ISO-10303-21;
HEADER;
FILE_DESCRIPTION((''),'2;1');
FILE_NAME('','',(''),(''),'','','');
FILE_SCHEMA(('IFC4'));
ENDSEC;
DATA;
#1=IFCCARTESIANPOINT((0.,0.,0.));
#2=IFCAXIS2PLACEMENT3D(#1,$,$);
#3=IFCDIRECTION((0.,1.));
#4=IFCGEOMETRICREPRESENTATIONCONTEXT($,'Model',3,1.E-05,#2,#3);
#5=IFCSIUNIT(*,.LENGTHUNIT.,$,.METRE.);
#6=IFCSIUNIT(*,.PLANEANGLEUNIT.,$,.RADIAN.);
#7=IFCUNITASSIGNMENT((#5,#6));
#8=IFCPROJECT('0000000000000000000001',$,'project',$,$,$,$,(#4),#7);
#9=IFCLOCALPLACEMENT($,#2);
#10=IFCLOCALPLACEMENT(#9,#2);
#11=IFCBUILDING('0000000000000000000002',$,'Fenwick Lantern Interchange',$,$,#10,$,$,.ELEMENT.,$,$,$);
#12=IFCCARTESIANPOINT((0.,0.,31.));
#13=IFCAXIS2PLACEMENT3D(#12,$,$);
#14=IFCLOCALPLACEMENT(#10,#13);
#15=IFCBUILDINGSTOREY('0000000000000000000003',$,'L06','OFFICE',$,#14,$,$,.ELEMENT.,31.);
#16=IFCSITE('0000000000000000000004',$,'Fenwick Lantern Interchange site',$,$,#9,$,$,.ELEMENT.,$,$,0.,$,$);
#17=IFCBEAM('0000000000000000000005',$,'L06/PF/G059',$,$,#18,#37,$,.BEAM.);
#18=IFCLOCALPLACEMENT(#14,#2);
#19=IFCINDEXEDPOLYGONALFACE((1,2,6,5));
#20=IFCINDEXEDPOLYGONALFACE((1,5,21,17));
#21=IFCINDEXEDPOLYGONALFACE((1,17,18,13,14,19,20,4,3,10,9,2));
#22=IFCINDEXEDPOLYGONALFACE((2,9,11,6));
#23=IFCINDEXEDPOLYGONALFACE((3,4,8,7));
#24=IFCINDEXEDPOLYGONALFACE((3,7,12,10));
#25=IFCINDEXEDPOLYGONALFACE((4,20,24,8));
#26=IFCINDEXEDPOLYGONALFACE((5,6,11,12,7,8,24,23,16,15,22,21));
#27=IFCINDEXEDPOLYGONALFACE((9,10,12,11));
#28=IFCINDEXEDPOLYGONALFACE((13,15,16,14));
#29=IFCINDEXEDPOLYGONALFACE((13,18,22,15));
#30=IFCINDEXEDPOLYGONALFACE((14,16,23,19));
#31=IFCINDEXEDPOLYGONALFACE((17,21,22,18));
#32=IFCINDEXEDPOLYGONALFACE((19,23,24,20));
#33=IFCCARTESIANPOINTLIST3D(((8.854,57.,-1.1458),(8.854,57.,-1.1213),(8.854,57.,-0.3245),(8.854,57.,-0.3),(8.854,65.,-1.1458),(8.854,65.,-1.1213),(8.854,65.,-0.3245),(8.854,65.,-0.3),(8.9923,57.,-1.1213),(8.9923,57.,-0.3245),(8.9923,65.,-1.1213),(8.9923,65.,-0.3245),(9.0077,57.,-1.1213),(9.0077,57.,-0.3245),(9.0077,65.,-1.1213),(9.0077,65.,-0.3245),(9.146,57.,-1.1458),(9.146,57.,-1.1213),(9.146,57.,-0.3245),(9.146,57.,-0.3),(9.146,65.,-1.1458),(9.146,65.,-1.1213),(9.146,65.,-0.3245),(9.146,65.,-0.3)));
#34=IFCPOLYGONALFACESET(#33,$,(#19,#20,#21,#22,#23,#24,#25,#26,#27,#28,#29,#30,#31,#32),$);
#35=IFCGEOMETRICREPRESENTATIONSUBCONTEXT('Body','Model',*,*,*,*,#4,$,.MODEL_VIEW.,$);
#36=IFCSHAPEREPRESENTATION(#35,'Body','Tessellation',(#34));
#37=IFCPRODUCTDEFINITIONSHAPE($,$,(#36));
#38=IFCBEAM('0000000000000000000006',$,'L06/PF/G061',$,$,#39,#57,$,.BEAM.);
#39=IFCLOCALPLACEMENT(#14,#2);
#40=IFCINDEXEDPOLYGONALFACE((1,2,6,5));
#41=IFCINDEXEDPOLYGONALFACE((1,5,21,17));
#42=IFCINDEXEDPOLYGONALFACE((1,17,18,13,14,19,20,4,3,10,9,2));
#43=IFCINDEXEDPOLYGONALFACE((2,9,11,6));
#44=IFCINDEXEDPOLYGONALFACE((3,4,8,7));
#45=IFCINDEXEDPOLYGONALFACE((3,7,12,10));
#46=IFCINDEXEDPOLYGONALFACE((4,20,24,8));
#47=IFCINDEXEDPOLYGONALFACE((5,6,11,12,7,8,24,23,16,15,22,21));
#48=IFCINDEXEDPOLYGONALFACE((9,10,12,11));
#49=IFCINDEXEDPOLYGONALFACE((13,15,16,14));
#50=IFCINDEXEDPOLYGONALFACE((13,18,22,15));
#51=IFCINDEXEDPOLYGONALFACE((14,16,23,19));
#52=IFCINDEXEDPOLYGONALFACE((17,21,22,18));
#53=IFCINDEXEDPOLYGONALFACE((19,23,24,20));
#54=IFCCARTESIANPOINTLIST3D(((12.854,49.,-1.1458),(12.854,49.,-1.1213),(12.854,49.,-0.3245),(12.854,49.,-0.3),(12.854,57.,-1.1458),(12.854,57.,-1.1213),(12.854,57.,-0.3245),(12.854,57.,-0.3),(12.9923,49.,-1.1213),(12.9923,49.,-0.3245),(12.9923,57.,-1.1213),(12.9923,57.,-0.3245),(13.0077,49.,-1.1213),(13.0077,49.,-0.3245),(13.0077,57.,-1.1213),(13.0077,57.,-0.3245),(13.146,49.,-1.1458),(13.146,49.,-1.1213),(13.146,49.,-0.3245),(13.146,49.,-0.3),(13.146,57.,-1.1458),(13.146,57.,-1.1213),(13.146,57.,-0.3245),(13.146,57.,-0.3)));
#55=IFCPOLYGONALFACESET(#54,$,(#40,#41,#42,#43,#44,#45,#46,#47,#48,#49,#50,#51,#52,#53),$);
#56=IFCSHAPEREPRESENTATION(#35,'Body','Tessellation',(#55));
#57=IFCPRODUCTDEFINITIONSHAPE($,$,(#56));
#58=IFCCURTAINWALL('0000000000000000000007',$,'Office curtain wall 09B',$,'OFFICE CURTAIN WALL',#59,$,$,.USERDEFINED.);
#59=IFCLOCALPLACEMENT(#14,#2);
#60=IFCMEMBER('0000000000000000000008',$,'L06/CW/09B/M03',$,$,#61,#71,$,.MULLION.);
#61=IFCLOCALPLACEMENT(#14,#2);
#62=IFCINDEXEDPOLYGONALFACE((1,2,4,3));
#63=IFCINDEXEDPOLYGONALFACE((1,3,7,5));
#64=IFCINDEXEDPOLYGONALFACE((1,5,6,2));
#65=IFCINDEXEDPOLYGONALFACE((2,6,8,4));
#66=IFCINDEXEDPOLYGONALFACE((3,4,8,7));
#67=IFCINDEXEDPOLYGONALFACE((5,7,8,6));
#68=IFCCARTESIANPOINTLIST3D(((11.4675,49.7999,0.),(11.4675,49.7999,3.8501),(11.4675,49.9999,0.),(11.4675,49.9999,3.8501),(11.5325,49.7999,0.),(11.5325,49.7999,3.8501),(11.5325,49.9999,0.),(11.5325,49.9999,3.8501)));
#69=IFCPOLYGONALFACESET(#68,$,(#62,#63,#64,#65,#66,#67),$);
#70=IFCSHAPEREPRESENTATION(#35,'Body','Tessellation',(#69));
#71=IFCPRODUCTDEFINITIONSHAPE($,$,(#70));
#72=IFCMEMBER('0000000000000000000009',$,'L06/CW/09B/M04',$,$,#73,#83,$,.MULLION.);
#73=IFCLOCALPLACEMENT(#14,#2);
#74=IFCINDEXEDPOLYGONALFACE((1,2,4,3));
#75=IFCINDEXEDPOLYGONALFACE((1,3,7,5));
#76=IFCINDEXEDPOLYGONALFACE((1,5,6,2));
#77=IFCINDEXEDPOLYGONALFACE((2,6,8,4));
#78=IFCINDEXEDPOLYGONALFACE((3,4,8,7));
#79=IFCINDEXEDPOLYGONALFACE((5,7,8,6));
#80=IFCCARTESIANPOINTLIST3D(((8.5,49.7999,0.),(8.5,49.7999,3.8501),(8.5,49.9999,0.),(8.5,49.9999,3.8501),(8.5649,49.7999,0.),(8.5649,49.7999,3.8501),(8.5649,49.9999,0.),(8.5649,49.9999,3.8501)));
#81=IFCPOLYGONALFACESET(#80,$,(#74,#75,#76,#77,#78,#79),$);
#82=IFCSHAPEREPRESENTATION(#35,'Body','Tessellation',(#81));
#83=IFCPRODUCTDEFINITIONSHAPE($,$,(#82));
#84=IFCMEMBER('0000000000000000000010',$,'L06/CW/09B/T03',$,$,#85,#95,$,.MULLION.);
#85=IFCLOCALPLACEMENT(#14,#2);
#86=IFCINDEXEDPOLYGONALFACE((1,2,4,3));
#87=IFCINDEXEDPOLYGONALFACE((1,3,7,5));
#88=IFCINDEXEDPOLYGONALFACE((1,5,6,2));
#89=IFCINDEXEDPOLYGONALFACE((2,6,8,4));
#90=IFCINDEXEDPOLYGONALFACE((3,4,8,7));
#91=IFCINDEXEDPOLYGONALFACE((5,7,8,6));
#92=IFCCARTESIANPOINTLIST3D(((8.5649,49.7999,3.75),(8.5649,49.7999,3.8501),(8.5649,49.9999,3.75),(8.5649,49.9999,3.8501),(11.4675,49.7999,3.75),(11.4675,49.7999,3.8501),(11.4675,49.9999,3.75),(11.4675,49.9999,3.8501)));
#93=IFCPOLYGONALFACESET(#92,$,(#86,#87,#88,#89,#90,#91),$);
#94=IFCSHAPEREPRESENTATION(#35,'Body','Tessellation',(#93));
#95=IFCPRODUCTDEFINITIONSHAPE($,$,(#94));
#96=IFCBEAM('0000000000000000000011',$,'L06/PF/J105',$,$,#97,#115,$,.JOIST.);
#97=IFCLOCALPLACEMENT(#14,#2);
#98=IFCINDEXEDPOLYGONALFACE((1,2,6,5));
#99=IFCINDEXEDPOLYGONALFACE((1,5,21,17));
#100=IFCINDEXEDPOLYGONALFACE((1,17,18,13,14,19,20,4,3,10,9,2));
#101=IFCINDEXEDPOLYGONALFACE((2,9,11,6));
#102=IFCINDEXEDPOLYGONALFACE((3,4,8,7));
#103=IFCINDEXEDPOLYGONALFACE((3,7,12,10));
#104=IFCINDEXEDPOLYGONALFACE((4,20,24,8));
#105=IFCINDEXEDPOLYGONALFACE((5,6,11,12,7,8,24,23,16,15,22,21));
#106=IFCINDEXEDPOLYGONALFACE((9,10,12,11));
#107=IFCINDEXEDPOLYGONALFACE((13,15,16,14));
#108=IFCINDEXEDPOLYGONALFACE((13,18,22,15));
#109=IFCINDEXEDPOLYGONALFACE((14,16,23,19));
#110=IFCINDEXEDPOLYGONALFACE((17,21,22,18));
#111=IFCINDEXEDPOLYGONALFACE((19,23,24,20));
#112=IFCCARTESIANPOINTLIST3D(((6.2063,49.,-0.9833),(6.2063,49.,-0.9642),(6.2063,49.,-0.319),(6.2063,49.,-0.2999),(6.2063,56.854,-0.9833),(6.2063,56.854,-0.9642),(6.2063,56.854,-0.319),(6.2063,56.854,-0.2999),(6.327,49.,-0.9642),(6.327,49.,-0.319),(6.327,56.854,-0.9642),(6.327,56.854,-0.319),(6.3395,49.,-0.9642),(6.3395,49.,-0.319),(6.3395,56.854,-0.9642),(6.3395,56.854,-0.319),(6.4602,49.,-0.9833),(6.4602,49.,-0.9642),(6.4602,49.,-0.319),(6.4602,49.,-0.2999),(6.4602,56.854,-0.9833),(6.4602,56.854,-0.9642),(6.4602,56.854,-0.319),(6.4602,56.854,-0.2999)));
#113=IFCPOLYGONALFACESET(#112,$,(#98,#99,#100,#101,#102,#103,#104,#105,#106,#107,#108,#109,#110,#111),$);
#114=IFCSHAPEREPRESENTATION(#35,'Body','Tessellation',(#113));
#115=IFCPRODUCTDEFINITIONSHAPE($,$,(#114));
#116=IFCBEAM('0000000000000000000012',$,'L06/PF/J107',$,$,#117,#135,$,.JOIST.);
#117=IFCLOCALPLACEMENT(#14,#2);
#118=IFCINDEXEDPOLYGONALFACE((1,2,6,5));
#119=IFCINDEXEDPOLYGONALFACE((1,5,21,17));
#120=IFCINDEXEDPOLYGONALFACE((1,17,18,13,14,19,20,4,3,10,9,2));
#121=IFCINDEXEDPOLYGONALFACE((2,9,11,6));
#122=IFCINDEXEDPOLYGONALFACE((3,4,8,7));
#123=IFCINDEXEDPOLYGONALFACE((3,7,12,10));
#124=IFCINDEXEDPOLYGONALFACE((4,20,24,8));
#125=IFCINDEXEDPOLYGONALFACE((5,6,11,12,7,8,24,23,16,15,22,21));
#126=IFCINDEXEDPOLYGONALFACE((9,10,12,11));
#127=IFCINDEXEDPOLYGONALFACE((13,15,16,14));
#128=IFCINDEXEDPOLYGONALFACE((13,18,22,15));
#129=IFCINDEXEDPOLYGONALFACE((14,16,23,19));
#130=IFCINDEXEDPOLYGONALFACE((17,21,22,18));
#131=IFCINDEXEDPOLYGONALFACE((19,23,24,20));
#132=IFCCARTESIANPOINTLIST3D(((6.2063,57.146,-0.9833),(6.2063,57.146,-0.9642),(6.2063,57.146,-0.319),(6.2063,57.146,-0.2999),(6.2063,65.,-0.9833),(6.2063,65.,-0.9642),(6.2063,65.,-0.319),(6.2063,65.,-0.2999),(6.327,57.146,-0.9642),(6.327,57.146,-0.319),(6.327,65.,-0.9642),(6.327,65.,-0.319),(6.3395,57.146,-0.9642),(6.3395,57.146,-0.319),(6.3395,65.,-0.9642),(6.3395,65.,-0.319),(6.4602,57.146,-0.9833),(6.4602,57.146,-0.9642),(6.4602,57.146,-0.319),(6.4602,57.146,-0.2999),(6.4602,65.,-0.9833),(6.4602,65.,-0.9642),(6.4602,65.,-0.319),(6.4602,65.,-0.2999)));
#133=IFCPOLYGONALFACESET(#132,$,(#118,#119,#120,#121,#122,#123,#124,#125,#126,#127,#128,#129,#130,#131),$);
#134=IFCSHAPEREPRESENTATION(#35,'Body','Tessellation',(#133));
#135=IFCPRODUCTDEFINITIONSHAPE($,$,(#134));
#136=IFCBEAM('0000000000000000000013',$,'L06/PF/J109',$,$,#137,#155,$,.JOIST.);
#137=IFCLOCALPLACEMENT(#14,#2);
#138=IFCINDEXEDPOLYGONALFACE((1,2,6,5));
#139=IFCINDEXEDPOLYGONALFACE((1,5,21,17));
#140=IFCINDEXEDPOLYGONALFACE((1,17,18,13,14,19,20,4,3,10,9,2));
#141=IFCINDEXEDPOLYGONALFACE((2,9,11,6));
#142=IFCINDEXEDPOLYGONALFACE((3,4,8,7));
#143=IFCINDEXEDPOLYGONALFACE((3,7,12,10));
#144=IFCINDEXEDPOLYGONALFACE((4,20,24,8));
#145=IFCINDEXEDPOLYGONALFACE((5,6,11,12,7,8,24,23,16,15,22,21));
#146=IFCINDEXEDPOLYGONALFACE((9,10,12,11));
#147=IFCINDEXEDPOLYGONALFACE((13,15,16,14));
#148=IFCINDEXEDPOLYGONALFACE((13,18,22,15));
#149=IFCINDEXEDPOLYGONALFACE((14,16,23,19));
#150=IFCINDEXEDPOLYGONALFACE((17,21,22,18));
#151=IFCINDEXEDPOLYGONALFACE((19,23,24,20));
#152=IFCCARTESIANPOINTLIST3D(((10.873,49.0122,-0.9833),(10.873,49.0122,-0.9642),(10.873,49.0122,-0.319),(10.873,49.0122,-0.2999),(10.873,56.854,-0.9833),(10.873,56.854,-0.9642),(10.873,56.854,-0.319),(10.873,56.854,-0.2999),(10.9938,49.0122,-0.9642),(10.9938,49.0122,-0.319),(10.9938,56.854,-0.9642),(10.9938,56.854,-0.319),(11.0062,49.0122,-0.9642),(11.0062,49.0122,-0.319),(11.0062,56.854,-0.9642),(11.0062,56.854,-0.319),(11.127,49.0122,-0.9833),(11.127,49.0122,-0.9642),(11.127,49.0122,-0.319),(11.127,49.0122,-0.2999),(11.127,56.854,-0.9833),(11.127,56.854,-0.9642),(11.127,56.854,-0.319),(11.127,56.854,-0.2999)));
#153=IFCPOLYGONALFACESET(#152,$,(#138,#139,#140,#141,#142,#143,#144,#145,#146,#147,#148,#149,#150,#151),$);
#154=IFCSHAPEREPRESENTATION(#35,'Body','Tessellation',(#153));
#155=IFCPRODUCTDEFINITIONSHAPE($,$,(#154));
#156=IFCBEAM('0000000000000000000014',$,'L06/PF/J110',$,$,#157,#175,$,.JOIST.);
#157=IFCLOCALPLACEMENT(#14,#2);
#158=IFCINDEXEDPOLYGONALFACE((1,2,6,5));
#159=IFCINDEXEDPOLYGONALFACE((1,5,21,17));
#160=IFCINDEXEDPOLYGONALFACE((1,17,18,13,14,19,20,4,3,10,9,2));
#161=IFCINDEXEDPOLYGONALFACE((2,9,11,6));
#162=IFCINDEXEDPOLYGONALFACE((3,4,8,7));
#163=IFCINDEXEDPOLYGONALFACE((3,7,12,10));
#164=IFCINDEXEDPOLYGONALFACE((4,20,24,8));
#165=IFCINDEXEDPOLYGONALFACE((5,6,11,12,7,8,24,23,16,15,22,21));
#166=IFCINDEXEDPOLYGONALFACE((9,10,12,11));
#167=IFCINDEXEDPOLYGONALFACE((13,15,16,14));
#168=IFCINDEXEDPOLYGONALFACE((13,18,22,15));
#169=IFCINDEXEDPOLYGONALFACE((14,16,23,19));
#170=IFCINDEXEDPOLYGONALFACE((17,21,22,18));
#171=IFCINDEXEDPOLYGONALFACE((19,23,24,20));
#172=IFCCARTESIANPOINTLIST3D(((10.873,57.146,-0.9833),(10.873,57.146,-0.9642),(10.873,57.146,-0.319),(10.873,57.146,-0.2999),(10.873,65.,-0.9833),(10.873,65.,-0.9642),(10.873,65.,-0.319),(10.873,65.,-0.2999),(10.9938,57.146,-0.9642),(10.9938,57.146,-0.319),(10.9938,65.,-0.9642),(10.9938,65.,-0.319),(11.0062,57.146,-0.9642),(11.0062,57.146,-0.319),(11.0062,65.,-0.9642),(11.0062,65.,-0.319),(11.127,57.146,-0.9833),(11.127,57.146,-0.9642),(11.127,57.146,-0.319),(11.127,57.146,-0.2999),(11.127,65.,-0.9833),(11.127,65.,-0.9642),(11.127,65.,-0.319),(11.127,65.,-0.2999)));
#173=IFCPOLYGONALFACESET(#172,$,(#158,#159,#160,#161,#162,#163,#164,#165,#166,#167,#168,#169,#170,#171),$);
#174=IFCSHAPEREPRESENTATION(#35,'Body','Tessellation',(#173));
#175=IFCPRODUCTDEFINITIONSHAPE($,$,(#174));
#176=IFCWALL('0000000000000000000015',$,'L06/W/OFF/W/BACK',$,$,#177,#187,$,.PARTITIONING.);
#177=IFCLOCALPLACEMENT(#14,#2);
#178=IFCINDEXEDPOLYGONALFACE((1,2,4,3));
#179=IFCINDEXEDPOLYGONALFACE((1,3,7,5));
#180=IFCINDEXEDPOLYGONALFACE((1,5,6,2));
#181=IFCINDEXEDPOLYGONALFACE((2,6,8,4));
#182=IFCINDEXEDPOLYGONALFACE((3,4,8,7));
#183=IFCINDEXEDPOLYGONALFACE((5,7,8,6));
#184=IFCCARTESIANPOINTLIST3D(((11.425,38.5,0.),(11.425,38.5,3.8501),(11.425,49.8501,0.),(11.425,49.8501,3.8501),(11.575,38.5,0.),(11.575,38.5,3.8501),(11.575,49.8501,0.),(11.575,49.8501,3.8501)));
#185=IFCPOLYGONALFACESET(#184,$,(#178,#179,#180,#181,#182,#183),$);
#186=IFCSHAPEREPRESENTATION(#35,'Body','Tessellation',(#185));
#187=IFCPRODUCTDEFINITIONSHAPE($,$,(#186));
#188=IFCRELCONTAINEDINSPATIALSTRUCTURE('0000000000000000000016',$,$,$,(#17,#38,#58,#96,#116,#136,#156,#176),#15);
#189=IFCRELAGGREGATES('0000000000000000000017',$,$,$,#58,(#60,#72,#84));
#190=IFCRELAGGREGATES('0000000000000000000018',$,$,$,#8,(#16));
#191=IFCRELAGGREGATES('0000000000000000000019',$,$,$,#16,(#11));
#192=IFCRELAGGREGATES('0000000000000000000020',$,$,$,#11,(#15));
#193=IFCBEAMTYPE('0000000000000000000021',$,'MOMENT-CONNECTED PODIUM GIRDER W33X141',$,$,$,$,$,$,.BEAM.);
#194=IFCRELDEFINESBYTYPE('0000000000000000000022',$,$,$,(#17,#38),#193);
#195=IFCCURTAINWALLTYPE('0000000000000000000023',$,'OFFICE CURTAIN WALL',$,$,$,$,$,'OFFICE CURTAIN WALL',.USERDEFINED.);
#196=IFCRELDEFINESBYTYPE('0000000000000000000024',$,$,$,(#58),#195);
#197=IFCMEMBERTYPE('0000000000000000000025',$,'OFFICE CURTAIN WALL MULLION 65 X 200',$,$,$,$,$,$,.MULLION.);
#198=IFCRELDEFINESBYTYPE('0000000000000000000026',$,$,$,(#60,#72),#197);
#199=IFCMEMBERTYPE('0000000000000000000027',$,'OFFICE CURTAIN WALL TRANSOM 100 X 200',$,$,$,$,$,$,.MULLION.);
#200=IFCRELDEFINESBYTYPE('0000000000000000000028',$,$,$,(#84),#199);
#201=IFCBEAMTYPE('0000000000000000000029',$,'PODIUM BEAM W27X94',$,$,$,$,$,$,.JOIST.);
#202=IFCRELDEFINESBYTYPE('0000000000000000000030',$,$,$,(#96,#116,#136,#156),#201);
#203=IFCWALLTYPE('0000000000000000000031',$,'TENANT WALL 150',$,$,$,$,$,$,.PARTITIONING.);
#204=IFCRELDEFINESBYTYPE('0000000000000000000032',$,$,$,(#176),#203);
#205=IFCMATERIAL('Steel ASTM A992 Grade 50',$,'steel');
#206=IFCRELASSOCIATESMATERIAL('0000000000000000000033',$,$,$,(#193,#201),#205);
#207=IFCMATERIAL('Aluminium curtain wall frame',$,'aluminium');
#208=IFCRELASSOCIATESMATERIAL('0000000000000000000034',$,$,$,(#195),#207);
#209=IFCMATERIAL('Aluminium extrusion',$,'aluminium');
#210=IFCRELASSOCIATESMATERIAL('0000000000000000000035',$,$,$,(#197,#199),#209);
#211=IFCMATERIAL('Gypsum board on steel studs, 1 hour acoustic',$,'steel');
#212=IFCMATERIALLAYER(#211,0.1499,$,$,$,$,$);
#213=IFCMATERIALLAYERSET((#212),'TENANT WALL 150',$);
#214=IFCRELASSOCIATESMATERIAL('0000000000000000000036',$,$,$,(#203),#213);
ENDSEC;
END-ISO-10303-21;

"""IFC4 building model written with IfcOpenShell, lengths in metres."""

from ifc_helpers import new_model, si_unit, direction, frame, frame_2d, origin, origin_2d, place, context, subcontext, project, spatial, rectangle, i_section, extrude, material, layer, layer_set, material_profile, profile_set, type_object, element, aggregate, save


model = new_model("IFC4")

# Units and contexts
model_context = context("Model", 3, precision=1e-05, world=origin(), true_north=direction((0.0, 1.0)))
body_context = subcontext(model_context, "Body", "Model", "MODEL_VIEW")
ifc_project = project(units=[si_unit("LENGTHUNIT", "METRE"), si_unit("PLANEANGLEUNIT", "RADIAN")], contexts=[model_context])

# Site, building, storey
site_placement = place(None, origin())
site = spatial("IfcSite", under=ifc_project, at=site_placement, Name="Fenwick Lantern Interchange site", CompositionType="ELEMENT", RefElevation=0.0)
building_placement = place(site_placement, origin())
building = spatial("IfcBuilding", under=site, at=building_placement, Name="Fenwick Lantern Interchange", CompositionType="ELEMENT")
storey_placement = place(building_placement, frame((0.0, 0.0, 31.0)))
storey = spatial("IfcBuildingStorey", under=building, at=storey_placement, Name="L06", Description="OFFICE", CompositionType="ELEMENT", Elevation=31.0)

# Shared definitions
ifc_material_1 = material(Name="Steel ASTM A992 Grade 50", Category="steel")

# Beams
ifc_material_profile_1 = material_profile(ifc_material_1, i_section(OverallWidth=0.292, OverallDepth=0.8457, WebThickness=0.0154, FlangeThickness=0.0244, at=origin_2d()), Name="W33X141")
ifc_profile_set_1 = profile_set([ifc_material_profile_1], Name="Steel ASTM A992 Grade 50")
beam_type_1 = type_object("IfcBeamType", Name="MOMENT-CONNECTED PODIUM GIRDER W33X141", PredefinedType="BEAM", material=ifc_profile_set_1)
for number, where, z_axis, x_axis, name in (
    (1, (9.0, 57.0, -0.7229), (0.0, 1.0, 0.0), (-1.0, 0.0, 0.0), "L06/PF/G059"),
    (2, (13.0, 49.0, -0.7229), (0.0, 1.0, 0.0), (-1.0, 0.0, 0.0), "L06/PF/G061"),
):
    element("IfcBeam", number, at=place(storey_placement, frame(where, z_axis=z_axis, x_axis=x_axis)), inside=storey, type_object=beam_type_1, Name=name, PredefinedType="BEAM", context=body_context, shape_type="SweptSolid", body=[
        extrude(i_section(OverallWidth=0.292, OverallDepth=0.8457, WebThickness=0.0154, FlangeThickness=0.0244, at=origin_2d()), origin(), (0.0, 0.0, 1.0), 8.0),
    ])

# Curtain wall, members
ifc_material_2 = material(Name="Aluminium curtain wall frame", Category="aluminium")
curtain_wall_type = type_object("IfcCurtainWallType", Name="OFFICE CURTAIN WALL", ElementType="OFFICE CURTAIN WALL", PredefinedType="USERDEFINED", material=ifc_material_2)
curtain_wall_placement = place(storey_placement, origin())
curtain_wall = element("IfcCurtainWall", 3, at=curtain_wall_placement, inside=storey, type_object=curtain_wall_type, Name="Office curtain wall 09B", ObjectType="OFFICE CURTAIN WALL", PredefinedType="USERDEFINED")
ifc_material_3 = material(Name="Aluminium extrusion", Category="aluminium")
ifc_material_profile_2 = material_profile(ifc_material_3, rectangle(XDim=0.2, YDim=0.0649, at=origin_2d()), Name="OFFICE CURTAIN WALL MULLION 65 X 200")
ifc_profile_set_2 = profile_set([ifc_material_profile_2], Name="Aluminium extrusion")
member_type_1 = type_object("IfcMemberType", Name="OFFICE CURTAIN WALL MULLION 65 X 200", PredefinedType="MULLION", material=ifc_profile_set_2)
member_1_placement = place(storey_placement, frame((11.5, 49.8999, 0.0), z_axis=(0.0, 0.0, 1.0), x_axis=(0.0, -1.0, 0.0)))
member_1 = element("IfcMember", 4, at=member_1_placement, type_object=member_type_1, Name="L06/CW/09B/M03", PredefinedType="MULLION", context=body_context, shape_type="SweptSolid", body=[
    extrude(rectangle(XDim=0.2, YDim=0.0649, at=origin_2d()), origin(), (0.0, 0.0, 1.0), 3.8501),
])
member_2_placement = place(storey_placement, frame((8.5325, 49.8999, 0.0), z_axis=(0.0, 0.0, 1.0), x_axis=(0.0, -1.0, 0.0)))
member_2 = element("IfcMember", 5, at=member_2_placement, type_object=member_type_1, Name="L06/CW/09B/M04", PredefinedType="MULLION", context=body_context, shape_type="SweptSolid", body=[
    extrude(rectangle(XDim=0.2, YDim=0.0649, at=origin_2d()), origin(), (0.0, 0.0, 1.0), 3.8501),
])
ifc_material_profile_3 = material_profile(ifc_material_3, rectangle(XDim=0.2, YDim=0.1001, at=origin_2d()), Name="OFFICE CURTAIN WALL TRANSOM 100 X 200")
ifc_profile_set_3 = profile_set([ifc_material_profile_3], Name="Aluminium extrusion")
member_type_2 = type_object("IfcMemberType", Name="OFFICE CURTAIN WALL TRANSOM 100 X 200", PredefinedType="MULLION", material=ifc_profile_set_3)
member_3_placement = place(storey_placement, frame((11.4675, 49.8999, 3.8), z_axis=(-1.0, 0.0, 0.0), x_axis=(0.0, -1.0, 0.0)))
member_3 = element("IfcMember", 6, at=member_3_placement, type_object=member_type_2, Name="L06/CW/09B/T03", PredefinedType="MULLION", context=body_context, shape_type="SweptSolid", body=[
    extrude(rectangle(XDim=0.2, YDim=0.1001, at=origin_2d()), origin(), (0.0, 0.0, 1.0), 2.9026),
])
aggregate(curtain_wall, [member_1, member_2, member_3])

# Beams
ifc_material_profile_4 = material_profile(ifc_material_1, i_section(OverallWidth=0.2539, OverallDepth=0.6833, WebThickness=0.0125, FlangeThickness=0.019, at=origin_2d()), Name="W27X94")
ifc_profile_set_4 = profile_set([ifc_material_profile_4], Name="Steel ASTM A992 Grade 50")
beam_type_2 = type_object("IfcBeamType", Name="PODIUM BEAM W27X94", PredefinedType="JOIST", material=ifc_profile_set_4)
for number, where, z_axis, x_axis, name in (
    (7, (6.3333, 49.0, -0.6416), (0.0, 1.0, 0.0), (-1.0, 0.0, 0.0), "L06/PF/J105"),
    (8, (6.3333, 57.146, -0.6416), (0.0, 1.0, 0.0), (-1.0, 0.0, 0.0), "L06/PF/J107"),
):
    element("IfcBeam", number, at=place(storey_placement, frame(where, z_axis=z_axis, x_axis=x_axis)), inside=storey, type_object=beam_type_2, Name=name, PredefinedType="JOIST", context=body_context, shape_type="SweptSolid", body=[
        extrude(i_section(OverallWidth=0.2539, OverallDepth=0.6833, WebThickness=0.0125, FlangeThickness=0.019, at=origin_2d()), origin(), (0.0, 0.0, 1.0), 7.854),
    ])
beam_1_placement = place(storey_placement, frame((11.0, 49.0122, -0.6416), z_axis=(0.0, 1.0, 0.0), x_axis=(-1.0, 0.0, 0.0)))
element("IfcBeam", 9, at=beam_1_placement, inside=storey, type_object=beam_type_2, Name="L06/PF/J109", PredefinedType="JOIST", context=body_context, shape_type="SweptSolid", body=[
    extrude(i_section(OverallWidth=0.2539, OverallDepth=0.6833, WebThickness=0.0125, FlangeThickness=0.019, at=origin_2d()), origin(), (0.0, 0.0, 1.0), 7.8418),
])
beam_2_placement = place(storey_placement, frame((11.0, 57.146, -0.6416), z_axis=(0.0, 1.0, 0.0), x_axis=(-1.0, 0.0, 0.0)))
element("IfcBeam", 10, at=beam_2_placement, inside=storey, type_object=beam_type_2, Name="L06/PF/J110", PredefinedType="JOIST", context=body_context, shape_type="SweptSolid", body=[
    extrude(i_section(OverallWidth=0.2539, OverallDepth=0.6833, WebThickness=0.0125, FlangeThickness=0.019, at=origin_2d()), origin(), (0.0, 0.0, 1.0), 7.854),
])

# Wall
ifc_material_4 = material(Name="Gypsum board on steel studs, 1 hour acoustic", Category="steel")
ifc_layer_1 = layer(ifc_material_4, 0.1499)
ifc_layer_set_1 = layer_set([ifc_layer_1], Name="TENANT WALL 150")
wall_type_1 = type_object("IfcWallType", Name="TENANT WALL 150", PredefinedType="PARTITIONING", material=ifc_layer_set_1)
wall_1_placement = place(storey_placement, frame((11.5, 49.8501, 0.0), z_axis=(0.0, 0.0, 1.0), x_axis=(0.0, -1.0, 0.0)))
element("IfcWall", 11, at=wall_1_placement, inside=storey, type_object=wall_type_1, Name="L06/W/OFF/W/BACK", PredefinedType="PARTITIONING", context=body_context, shape_type="SweptSolid", body=[
    extrude(rectangle(XDim=11.3501, YDim=0.1499, at=frame_2d((5.675, 0.0))), origin(), (0.0, 0.0, 1.0), 3.8501),
])

save(model, "model.ifc")
